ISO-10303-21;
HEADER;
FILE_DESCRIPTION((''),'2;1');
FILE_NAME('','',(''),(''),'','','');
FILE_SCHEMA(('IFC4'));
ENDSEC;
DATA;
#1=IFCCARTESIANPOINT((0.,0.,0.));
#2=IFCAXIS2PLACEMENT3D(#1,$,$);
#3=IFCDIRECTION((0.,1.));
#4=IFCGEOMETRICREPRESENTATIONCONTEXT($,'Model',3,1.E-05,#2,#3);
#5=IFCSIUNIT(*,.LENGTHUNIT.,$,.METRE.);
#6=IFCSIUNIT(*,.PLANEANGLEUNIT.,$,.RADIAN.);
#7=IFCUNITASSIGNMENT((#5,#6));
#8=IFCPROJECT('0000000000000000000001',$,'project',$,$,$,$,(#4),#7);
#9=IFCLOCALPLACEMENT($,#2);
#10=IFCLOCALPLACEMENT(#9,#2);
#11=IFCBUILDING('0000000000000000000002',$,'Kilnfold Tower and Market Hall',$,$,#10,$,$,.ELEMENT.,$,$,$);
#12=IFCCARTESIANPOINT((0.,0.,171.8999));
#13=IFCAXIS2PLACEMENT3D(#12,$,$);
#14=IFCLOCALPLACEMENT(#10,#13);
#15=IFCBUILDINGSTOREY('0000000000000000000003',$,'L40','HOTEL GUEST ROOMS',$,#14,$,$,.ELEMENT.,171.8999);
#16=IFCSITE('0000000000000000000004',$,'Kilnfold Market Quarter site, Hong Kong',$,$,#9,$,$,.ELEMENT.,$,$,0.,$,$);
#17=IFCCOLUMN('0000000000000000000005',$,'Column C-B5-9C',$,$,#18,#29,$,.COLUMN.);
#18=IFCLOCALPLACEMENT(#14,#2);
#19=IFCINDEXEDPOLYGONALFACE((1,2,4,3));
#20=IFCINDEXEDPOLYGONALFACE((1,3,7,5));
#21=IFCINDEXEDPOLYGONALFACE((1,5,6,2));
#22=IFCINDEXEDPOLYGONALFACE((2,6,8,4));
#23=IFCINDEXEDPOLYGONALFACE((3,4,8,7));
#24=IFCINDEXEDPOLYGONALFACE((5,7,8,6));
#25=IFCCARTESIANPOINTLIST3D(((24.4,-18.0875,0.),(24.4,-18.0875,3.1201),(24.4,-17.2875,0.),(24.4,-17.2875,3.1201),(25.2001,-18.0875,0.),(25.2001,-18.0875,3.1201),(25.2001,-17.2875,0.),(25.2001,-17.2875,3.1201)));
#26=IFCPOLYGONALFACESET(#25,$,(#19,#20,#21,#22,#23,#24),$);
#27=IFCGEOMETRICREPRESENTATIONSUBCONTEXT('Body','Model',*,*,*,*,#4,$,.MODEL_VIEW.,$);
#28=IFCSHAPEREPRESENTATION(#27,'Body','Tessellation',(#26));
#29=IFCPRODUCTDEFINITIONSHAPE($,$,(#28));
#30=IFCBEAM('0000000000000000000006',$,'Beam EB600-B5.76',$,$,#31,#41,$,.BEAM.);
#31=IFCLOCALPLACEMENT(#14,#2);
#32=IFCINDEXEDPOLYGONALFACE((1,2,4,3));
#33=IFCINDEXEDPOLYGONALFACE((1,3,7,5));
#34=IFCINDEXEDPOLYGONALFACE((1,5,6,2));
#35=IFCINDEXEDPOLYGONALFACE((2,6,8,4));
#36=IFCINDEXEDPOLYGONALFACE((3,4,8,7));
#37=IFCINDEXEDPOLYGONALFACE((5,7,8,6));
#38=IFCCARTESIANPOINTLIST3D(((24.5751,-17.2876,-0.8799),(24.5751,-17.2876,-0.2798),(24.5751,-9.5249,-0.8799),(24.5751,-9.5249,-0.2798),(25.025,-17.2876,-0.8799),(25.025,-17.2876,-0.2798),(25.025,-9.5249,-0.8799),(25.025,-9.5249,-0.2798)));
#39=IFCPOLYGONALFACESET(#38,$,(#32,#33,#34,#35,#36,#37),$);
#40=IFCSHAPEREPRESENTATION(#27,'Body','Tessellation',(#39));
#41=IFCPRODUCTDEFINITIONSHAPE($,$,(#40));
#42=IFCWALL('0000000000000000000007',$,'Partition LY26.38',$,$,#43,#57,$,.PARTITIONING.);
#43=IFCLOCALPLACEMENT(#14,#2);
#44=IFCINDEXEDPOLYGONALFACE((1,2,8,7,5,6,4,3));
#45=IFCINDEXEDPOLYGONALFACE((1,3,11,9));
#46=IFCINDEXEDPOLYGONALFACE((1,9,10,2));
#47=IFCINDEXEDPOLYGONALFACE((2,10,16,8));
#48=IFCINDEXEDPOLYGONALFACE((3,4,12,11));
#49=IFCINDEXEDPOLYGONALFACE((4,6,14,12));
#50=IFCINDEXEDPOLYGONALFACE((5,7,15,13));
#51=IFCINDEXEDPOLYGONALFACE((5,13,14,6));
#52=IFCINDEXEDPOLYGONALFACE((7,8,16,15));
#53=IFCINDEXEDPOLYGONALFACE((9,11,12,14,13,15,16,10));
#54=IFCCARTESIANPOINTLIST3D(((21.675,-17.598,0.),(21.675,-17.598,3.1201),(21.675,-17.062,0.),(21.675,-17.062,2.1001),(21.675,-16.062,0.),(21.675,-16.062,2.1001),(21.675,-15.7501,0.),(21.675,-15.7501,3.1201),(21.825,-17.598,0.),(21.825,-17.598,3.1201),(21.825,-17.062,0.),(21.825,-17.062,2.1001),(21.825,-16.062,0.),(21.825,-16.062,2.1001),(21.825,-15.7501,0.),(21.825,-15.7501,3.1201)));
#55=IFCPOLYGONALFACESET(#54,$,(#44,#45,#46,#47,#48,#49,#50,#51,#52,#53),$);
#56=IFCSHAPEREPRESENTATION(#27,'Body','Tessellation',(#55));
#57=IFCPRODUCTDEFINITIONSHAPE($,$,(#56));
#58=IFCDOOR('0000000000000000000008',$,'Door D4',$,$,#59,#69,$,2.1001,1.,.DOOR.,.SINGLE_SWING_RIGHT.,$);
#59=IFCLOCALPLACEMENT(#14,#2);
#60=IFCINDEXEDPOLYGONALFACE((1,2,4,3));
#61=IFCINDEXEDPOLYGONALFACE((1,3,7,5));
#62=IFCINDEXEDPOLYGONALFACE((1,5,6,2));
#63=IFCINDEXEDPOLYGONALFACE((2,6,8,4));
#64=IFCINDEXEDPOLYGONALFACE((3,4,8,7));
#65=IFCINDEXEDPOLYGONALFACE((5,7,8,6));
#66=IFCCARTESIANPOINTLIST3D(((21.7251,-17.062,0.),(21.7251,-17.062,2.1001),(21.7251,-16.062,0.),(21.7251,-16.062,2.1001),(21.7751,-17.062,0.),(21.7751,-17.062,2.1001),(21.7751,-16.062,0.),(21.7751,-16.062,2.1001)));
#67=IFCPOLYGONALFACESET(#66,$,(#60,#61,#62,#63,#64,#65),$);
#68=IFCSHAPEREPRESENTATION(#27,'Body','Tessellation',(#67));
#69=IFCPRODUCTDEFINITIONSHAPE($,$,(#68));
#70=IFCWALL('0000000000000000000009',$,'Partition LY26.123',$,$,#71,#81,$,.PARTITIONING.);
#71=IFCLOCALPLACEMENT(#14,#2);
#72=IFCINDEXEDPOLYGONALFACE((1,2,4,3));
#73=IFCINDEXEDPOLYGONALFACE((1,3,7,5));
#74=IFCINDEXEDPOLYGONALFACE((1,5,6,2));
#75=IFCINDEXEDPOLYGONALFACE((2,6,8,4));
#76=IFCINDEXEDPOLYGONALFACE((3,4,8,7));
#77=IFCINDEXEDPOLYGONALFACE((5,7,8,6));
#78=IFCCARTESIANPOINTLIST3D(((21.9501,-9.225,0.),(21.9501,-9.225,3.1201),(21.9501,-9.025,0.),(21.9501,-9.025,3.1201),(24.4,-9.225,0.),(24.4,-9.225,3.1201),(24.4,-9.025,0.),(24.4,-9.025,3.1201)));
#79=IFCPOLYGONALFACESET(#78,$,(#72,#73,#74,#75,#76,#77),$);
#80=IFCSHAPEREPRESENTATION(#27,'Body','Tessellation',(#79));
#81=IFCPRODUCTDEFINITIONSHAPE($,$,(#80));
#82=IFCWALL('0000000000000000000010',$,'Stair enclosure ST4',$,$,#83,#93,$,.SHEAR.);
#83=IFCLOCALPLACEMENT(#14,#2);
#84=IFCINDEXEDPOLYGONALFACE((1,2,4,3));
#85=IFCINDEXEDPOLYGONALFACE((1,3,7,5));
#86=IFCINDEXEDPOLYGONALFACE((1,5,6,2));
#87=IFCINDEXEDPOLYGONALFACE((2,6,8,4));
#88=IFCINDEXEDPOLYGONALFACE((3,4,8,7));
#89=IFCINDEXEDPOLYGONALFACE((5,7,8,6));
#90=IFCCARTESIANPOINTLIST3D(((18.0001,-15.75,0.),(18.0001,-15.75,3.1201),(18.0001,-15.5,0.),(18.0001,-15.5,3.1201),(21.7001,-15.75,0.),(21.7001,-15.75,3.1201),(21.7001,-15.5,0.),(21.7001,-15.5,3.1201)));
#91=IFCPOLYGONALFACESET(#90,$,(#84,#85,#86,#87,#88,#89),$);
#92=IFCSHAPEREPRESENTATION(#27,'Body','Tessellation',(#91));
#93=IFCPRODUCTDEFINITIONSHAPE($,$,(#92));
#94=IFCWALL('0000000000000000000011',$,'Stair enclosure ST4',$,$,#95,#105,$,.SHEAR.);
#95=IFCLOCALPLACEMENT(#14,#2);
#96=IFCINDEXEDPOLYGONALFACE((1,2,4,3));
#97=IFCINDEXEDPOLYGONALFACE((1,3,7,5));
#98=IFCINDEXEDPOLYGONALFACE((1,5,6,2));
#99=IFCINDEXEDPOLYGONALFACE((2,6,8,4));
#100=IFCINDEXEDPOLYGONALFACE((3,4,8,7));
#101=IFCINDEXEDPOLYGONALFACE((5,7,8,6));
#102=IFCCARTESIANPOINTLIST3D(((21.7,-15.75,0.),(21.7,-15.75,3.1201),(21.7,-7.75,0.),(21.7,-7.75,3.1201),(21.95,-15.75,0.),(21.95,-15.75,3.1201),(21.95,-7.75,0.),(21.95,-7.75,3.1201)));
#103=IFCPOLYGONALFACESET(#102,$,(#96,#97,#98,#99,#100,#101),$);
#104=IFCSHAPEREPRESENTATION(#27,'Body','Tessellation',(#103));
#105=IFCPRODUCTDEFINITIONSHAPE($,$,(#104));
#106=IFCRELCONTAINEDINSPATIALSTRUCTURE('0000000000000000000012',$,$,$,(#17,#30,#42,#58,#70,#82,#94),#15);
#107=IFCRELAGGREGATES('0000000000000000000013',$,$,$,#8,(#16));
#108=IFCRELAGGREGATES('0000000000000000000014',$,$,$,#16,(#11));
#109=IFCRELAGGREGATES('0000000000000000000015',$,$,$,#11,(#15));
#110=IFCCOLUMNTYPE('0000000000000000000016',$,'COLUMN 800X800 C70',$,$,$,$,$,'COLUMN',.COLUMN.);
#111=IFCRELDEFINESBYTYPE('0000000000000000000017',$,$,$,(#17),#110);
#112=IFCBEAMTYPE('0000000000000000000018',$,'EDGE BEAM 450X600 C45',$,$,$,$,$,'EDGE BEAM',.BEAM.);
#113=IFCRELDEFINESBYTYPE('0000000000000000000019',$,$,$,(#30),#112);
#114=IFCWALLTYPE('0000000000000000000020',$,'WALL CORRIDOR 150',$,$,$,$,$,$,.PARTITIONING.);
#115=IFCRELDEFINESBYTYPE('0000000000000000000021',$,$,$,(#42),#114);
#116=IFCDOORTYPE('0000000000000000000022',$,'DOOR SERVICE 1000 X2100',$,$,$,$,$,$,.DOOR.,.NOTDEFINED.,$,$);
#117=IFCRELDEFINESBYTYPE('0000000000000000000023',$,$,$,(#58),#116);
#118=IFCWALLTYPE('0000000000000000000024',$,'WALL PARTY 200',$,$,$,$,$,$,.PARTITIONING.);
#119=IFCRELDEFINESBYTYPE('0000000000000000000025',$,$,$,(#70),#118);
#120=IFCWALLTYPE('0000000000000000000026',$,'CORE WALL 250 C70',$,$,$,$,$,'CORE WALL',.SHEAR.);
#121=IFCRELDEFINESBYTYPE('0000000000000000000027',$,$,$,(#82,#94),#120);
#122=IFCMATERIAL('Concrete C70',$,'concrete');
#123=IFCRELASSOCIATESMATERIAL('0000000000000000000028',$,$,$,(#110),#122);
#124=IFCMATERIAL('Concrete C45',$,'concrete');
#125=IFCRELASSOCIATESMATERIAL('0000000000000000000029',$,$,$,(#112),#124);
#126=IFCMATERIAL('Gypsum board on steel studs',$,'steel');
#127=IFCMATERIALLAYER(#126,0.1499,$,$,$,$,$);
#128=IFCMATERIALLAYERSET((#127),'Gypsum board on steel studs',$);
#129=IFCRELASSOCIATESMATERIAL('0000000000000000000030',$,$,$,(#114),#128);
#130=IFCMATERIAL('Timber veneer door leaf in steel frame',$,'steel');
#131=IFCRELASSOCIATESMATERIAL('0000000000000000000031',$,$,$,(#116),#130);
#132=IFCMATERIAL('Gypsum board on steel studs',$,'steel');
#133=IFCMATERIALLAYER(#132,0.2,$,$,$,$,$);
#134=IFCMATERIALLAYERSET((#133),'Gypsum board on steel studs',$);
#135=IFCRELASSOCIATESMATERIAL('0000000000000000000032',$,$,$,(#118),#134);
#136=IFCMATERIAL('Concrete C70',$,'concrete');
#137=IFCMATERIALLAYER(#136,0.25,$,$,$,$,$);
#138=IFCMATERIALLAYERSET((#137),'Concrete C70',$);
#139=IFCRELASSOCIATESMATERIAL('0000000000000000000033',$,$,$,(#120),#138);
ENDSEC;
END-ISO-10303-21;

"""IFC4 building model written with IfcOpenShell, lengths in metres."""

from ifc_helpers import new_model, si_unit, direction, frame, frame_2d, origin, origin_2d, place, context, subcontext, project, spatial, rectangle, extrude, source, transform, mapped, material, layer, layer_set, material_profile, profile_set, type_object, element, fill, save


model = new_model("IFC4")

# Units and contexts
model_context = context("Model", 3, precision=1e-05, world=origin(), true_north=direction((0.0, 1.0)))
body_context = subcontext(model_context, "Body", "Model", "MODEL_VIEW")
ifc_project = project(units=[si_unit("LENGTHUNIT", "METRE"), si_unit("PLANEANGLEUNIT", "RADIAN")], contexts=[model_context])

# Site, building, storey
site_placement = place(None, origin())
site = spatial("IfcSite", under=ifc_project, at=site_placement, Name="Kilnfold Market Quarter site, Hong Kong", CompositionType="ELEMENT", RefElevation=0.0)
building_placement = place(site_placement, origin())
building = spatial("IfcBuilding", under=site, at=building_placement, Name="Kilnfold Tower and Market Hall", CompositionType="ELEMENT")
storey_placement = place(building_placement, frame((0.0, 0.0, 171.8999)))
storey = spatial("IfcBuildingStorey", under=building, at=storey_placement, Name="L40", Description="HOTEL GUEST ROOMS", CompositionType="ELEMENT", Elevation=171.8999)

# Column
ifc_material_1 = material(Name="Concrete C70", Category="concrete")
ifc_material_profile_1 = material_profile(ifc_material_1, rectangle(XDim=0.8, YDim=0.8, at=origin_2d()), Name="RC 800x800")
ifc_profile_set_1 = profile_set([ifc_material_profile_1], Name="Concrete C70")
column_type = type_object("IfcColumnType", Name="COLUMN 800X800 C70", ElementType="COLUMN", PredefinedType="COLUMN", material=ifc_profile_set_1)
shared_shape_1 = source(origin(), body_context, "Body", "SweptSolid", [
    extrude(rectangle(XDim=0.8, YDim=0.8, at=origin_2d()), origin(), (0.0, 0.0, 1.0), 3.1201),
])
column_placement = place(storey_placement, frame((24.8, -17.6875, 0.0), z_axis=(0.0, 0.0, 1.0), x_axis=(1.0, 0.0, 0.0)))
element("IfcColumn", 1, at=column_placement, inside=storey, type_object=column_type, Name="Column C-B5-9C", PredefinedType="COLUMN", context=body_context, shape_type="MappedRepresentation", body=[
    mapped(shared_shape_1, transform((0.0, 0.0, 0.0))),
])

# Beam
ifc_material_2 = material(Name="Concrete C45", Category="concrete")
ifc_material_profile_2 = material_profile(ifc_material_2, rectangle(XDim=0.45, YDim=0.6001, at=origin_2d()), Name="RC 450x600")
ifc_profile_set_2 = profile_set([ifc_material_profile_2], Name="Concrete C45")
beam_type = type_object("IfcBeamType", Name="EDGE BEAM 450X600 C45", ElementType="EDGE BEAM", PredefinedType="BEAM", material=ifc_profile_set_2)
shared_shape_2 = source(origin(), body_context, "Body", "SweptSolid", [
    extrude(rectangle(XDim=0.45, YDim=0.6001, at=origin_2d()), origin(), (0.0, 0.0, 1.0), 7.7627),
])
beam_placement = place(storey_placement, frame((24.8, -17.2876, -0.5798), z_axis=(0.0, 1.0, 0.0), x_axis=(-1.0, 0.0, 0.0)))
element("IfcBeam", 2, at=beam_placement, inside=storey, type_object=beam_type, Name="Beam EB600-B5.76", PredefinedType="BEAM", context=body_context, shape_type="MappedRepresentation", body=[
    mapped(shared_shape_2, transform((0.0, 0.0, 0.0))),
])

# Wall, opening, door
ifc_material_3 = material(Name="Gypsum board on steel studs", Category="steel")
ifc_layer_1 = layer(ifc_material_3, 0.1499)
ifc_layer_set_1 = layer_set([ifc_layer_1], Name="Gypsum board on steel studs")
wall_type_1 = type_object("IfcWallType", Name="WALL CORRIDOR 150", PredefinedType="PARTITIONING", material=ifc_layer_set_1)
wall_1_placement = place(storey_placement, frame((21.75, -17.5979, 0.0), z_axis=(0.0, 0.0, 1.0), x_axis=(0.0, 1.0, 0.0)))
wall_1 = element("IfcWall", 3, at=wall_1_placement, inside=storey, type_object=wall_type_1, Name="Partition LY26.38", PredefinedType="PARTITIONING", context=body_context, shape_type="SweptSolid", body=[
    extrude(rectangle(XDim=1.8479, YDim=0.1499, at=frame_2d((0.9238, 0.0))), origin(), (0.0, 0.0, 1.0), 3.1201),
])
opening_1_placement = place(wall_1_placement, frame((0.5359, 0.0, 0.0)))
opening_1 = element("IfcOpeningElement", 4, at=opening_1_placement, cuts=wall_1, PredefinedType="OPENING", context=body_context, shape_type="SweptSolid", body=[
    extrude(rectangle(XDim=1.0, YDim=2.1001, at=frame_2d((0.5, 1.05))), frame((0.0, 0.085, 0.0), z_axis=(0.0, -1.0, 0.0), x_axis=(1.0, 0.0, 0.0)), (0.0, 0.0, 1.0), 0.1699),
])
ifc_material_4 = material(Name="Timber veneer door leaf in steel frame", Category="steel")
door_type_1 = type_object("IfcDoorType", Name="DOOR SERVICE 1000 X2100", OperationType="NOTDEFINED", PredefinedType="DOOR", material=ifc_material_4)
door_1_placement = place(opening_1_placement, origin())
door_1 = element("IfcDoor", 5, at=door_1_placement, inside=storey, type_object=door_type_1, Name="Door D4", OperationType="SINGLE_SWING_RIGHT", OverallHeight=2.1001, OverallWidth=1.0, PredefinedType="DOOR", context=body_context, shape_type="SweptSolid", body=[
    extrude(rectangle(XDim=1.0, YDim=2.1001, at=frame_2d((0.5, 1.05))), frame((0.0, 0.0249, 0.0), z_axis=(0.0, -1.0, 0.0), x_axis=(1.0, 0.0, 0.0)), (0.0, 0.0, 1.0), 0.05),
])
fill(opening_1, door_1)

# Walls
ifc_material_5 = material(Name="Gypsum board on steel studs", Category="steel")
ifc_layer_2 = layer(ifc_material_5, 0.2)
ifc_layer_set_2 = layer_set([ifc_layer_2], Name="Gypsum board on steel studs")
wall_type_2 = type_object("IfcWallType", Name="WALL PARTY 200", PredefinedType="PARTITIONING", material=ifc_layer_set_2)
wall_2_placement = place(storey_placement, frame((21.95, -9.125, 0.0), z_axis=(0.0, 0.0, 1.0), x_axis=(1.0, 0.0, 0.0)))
element("IfcWall", 6, at=wall_2_placement, inside=storey, type_object=wall_type_2, Name="Partition LY26.123", PredefinedType="PARTITIONING", context=body_context, shape_type="SweptSolid", body=[
    extrude(rectangle(XDim=2.45, YDim=0.2, at=frame_2d((1.2251, 0.0))), origin(), (0.0, 0.0, 1.0), 3.1201),
])
ifc_material_6 = material(Name="Concrete C70", Category="concrete")
ifc_layer_3 = layer(ifc_material_6, 0.25)
ifc_layer_set_3 = layer_set([ifc_layer_3], Name="Concrete C70")
wall_type_3 = type_object("IfcWallType", Name="CORE WALL 250 C70", ElementType="CORE WALL", PredefinedType="SHEAR", material=ifc_layer_set_3)
shared_shape_3 = source(origin(), body_context, "Body", "SweptSolid", [
    extrude(rectangle(XDim=3.7, YDim=0.25, at=frame_2d((1.8501, 0.0))), origin(), (0.0, 0.0, 1.0), 3.1201),
])
wall_3_placement = place(storey_placement, frame((18.0, -15.625, 0.0), z_axis=(0.0, 0.0, 1.0), x_axis=(1.0, 0.0, 0.0)))
element("IfcWall", 7, at=wall_3_placement, inside=storey, type_object=wall_type_3, Name="Stair enclosure ST4", PredefinedType="SHEAR", context=body_context, shape_type="MappedRepresentation", body=[
    mapped(shared_shape_3, transform((0.0, 0.0, 0.0))),
])
shared_shape_4 = source(origin(), body_context, "Body", "SweptSolid", [
    extrude(rectangle(XDim=8.0, YDim=0.25, at=frame_2d((4.0, 0.0))), origin(), (0.0, 0.0, 1.0), 3.1201),
])
wall_4_placement = place(storey_placement, frame((21.825, -15.75, 0.0), z_axis=(0.0, 0.0, 1.0), x_axis=(0.0, 1.0, 0.0)))
element("IfcWall", 8, at=wall_4_placement, inside=storey, type_object=wall_type_3, Name="Stair enclosure ST4", PredefinedType="SHEAR", context=body_context, shape_type="MappedRepresentation", body=[
    mapped(shared_shape_4, transform((0.0, 0.0, 0.0))),
])

save(model, "model.ifc")
